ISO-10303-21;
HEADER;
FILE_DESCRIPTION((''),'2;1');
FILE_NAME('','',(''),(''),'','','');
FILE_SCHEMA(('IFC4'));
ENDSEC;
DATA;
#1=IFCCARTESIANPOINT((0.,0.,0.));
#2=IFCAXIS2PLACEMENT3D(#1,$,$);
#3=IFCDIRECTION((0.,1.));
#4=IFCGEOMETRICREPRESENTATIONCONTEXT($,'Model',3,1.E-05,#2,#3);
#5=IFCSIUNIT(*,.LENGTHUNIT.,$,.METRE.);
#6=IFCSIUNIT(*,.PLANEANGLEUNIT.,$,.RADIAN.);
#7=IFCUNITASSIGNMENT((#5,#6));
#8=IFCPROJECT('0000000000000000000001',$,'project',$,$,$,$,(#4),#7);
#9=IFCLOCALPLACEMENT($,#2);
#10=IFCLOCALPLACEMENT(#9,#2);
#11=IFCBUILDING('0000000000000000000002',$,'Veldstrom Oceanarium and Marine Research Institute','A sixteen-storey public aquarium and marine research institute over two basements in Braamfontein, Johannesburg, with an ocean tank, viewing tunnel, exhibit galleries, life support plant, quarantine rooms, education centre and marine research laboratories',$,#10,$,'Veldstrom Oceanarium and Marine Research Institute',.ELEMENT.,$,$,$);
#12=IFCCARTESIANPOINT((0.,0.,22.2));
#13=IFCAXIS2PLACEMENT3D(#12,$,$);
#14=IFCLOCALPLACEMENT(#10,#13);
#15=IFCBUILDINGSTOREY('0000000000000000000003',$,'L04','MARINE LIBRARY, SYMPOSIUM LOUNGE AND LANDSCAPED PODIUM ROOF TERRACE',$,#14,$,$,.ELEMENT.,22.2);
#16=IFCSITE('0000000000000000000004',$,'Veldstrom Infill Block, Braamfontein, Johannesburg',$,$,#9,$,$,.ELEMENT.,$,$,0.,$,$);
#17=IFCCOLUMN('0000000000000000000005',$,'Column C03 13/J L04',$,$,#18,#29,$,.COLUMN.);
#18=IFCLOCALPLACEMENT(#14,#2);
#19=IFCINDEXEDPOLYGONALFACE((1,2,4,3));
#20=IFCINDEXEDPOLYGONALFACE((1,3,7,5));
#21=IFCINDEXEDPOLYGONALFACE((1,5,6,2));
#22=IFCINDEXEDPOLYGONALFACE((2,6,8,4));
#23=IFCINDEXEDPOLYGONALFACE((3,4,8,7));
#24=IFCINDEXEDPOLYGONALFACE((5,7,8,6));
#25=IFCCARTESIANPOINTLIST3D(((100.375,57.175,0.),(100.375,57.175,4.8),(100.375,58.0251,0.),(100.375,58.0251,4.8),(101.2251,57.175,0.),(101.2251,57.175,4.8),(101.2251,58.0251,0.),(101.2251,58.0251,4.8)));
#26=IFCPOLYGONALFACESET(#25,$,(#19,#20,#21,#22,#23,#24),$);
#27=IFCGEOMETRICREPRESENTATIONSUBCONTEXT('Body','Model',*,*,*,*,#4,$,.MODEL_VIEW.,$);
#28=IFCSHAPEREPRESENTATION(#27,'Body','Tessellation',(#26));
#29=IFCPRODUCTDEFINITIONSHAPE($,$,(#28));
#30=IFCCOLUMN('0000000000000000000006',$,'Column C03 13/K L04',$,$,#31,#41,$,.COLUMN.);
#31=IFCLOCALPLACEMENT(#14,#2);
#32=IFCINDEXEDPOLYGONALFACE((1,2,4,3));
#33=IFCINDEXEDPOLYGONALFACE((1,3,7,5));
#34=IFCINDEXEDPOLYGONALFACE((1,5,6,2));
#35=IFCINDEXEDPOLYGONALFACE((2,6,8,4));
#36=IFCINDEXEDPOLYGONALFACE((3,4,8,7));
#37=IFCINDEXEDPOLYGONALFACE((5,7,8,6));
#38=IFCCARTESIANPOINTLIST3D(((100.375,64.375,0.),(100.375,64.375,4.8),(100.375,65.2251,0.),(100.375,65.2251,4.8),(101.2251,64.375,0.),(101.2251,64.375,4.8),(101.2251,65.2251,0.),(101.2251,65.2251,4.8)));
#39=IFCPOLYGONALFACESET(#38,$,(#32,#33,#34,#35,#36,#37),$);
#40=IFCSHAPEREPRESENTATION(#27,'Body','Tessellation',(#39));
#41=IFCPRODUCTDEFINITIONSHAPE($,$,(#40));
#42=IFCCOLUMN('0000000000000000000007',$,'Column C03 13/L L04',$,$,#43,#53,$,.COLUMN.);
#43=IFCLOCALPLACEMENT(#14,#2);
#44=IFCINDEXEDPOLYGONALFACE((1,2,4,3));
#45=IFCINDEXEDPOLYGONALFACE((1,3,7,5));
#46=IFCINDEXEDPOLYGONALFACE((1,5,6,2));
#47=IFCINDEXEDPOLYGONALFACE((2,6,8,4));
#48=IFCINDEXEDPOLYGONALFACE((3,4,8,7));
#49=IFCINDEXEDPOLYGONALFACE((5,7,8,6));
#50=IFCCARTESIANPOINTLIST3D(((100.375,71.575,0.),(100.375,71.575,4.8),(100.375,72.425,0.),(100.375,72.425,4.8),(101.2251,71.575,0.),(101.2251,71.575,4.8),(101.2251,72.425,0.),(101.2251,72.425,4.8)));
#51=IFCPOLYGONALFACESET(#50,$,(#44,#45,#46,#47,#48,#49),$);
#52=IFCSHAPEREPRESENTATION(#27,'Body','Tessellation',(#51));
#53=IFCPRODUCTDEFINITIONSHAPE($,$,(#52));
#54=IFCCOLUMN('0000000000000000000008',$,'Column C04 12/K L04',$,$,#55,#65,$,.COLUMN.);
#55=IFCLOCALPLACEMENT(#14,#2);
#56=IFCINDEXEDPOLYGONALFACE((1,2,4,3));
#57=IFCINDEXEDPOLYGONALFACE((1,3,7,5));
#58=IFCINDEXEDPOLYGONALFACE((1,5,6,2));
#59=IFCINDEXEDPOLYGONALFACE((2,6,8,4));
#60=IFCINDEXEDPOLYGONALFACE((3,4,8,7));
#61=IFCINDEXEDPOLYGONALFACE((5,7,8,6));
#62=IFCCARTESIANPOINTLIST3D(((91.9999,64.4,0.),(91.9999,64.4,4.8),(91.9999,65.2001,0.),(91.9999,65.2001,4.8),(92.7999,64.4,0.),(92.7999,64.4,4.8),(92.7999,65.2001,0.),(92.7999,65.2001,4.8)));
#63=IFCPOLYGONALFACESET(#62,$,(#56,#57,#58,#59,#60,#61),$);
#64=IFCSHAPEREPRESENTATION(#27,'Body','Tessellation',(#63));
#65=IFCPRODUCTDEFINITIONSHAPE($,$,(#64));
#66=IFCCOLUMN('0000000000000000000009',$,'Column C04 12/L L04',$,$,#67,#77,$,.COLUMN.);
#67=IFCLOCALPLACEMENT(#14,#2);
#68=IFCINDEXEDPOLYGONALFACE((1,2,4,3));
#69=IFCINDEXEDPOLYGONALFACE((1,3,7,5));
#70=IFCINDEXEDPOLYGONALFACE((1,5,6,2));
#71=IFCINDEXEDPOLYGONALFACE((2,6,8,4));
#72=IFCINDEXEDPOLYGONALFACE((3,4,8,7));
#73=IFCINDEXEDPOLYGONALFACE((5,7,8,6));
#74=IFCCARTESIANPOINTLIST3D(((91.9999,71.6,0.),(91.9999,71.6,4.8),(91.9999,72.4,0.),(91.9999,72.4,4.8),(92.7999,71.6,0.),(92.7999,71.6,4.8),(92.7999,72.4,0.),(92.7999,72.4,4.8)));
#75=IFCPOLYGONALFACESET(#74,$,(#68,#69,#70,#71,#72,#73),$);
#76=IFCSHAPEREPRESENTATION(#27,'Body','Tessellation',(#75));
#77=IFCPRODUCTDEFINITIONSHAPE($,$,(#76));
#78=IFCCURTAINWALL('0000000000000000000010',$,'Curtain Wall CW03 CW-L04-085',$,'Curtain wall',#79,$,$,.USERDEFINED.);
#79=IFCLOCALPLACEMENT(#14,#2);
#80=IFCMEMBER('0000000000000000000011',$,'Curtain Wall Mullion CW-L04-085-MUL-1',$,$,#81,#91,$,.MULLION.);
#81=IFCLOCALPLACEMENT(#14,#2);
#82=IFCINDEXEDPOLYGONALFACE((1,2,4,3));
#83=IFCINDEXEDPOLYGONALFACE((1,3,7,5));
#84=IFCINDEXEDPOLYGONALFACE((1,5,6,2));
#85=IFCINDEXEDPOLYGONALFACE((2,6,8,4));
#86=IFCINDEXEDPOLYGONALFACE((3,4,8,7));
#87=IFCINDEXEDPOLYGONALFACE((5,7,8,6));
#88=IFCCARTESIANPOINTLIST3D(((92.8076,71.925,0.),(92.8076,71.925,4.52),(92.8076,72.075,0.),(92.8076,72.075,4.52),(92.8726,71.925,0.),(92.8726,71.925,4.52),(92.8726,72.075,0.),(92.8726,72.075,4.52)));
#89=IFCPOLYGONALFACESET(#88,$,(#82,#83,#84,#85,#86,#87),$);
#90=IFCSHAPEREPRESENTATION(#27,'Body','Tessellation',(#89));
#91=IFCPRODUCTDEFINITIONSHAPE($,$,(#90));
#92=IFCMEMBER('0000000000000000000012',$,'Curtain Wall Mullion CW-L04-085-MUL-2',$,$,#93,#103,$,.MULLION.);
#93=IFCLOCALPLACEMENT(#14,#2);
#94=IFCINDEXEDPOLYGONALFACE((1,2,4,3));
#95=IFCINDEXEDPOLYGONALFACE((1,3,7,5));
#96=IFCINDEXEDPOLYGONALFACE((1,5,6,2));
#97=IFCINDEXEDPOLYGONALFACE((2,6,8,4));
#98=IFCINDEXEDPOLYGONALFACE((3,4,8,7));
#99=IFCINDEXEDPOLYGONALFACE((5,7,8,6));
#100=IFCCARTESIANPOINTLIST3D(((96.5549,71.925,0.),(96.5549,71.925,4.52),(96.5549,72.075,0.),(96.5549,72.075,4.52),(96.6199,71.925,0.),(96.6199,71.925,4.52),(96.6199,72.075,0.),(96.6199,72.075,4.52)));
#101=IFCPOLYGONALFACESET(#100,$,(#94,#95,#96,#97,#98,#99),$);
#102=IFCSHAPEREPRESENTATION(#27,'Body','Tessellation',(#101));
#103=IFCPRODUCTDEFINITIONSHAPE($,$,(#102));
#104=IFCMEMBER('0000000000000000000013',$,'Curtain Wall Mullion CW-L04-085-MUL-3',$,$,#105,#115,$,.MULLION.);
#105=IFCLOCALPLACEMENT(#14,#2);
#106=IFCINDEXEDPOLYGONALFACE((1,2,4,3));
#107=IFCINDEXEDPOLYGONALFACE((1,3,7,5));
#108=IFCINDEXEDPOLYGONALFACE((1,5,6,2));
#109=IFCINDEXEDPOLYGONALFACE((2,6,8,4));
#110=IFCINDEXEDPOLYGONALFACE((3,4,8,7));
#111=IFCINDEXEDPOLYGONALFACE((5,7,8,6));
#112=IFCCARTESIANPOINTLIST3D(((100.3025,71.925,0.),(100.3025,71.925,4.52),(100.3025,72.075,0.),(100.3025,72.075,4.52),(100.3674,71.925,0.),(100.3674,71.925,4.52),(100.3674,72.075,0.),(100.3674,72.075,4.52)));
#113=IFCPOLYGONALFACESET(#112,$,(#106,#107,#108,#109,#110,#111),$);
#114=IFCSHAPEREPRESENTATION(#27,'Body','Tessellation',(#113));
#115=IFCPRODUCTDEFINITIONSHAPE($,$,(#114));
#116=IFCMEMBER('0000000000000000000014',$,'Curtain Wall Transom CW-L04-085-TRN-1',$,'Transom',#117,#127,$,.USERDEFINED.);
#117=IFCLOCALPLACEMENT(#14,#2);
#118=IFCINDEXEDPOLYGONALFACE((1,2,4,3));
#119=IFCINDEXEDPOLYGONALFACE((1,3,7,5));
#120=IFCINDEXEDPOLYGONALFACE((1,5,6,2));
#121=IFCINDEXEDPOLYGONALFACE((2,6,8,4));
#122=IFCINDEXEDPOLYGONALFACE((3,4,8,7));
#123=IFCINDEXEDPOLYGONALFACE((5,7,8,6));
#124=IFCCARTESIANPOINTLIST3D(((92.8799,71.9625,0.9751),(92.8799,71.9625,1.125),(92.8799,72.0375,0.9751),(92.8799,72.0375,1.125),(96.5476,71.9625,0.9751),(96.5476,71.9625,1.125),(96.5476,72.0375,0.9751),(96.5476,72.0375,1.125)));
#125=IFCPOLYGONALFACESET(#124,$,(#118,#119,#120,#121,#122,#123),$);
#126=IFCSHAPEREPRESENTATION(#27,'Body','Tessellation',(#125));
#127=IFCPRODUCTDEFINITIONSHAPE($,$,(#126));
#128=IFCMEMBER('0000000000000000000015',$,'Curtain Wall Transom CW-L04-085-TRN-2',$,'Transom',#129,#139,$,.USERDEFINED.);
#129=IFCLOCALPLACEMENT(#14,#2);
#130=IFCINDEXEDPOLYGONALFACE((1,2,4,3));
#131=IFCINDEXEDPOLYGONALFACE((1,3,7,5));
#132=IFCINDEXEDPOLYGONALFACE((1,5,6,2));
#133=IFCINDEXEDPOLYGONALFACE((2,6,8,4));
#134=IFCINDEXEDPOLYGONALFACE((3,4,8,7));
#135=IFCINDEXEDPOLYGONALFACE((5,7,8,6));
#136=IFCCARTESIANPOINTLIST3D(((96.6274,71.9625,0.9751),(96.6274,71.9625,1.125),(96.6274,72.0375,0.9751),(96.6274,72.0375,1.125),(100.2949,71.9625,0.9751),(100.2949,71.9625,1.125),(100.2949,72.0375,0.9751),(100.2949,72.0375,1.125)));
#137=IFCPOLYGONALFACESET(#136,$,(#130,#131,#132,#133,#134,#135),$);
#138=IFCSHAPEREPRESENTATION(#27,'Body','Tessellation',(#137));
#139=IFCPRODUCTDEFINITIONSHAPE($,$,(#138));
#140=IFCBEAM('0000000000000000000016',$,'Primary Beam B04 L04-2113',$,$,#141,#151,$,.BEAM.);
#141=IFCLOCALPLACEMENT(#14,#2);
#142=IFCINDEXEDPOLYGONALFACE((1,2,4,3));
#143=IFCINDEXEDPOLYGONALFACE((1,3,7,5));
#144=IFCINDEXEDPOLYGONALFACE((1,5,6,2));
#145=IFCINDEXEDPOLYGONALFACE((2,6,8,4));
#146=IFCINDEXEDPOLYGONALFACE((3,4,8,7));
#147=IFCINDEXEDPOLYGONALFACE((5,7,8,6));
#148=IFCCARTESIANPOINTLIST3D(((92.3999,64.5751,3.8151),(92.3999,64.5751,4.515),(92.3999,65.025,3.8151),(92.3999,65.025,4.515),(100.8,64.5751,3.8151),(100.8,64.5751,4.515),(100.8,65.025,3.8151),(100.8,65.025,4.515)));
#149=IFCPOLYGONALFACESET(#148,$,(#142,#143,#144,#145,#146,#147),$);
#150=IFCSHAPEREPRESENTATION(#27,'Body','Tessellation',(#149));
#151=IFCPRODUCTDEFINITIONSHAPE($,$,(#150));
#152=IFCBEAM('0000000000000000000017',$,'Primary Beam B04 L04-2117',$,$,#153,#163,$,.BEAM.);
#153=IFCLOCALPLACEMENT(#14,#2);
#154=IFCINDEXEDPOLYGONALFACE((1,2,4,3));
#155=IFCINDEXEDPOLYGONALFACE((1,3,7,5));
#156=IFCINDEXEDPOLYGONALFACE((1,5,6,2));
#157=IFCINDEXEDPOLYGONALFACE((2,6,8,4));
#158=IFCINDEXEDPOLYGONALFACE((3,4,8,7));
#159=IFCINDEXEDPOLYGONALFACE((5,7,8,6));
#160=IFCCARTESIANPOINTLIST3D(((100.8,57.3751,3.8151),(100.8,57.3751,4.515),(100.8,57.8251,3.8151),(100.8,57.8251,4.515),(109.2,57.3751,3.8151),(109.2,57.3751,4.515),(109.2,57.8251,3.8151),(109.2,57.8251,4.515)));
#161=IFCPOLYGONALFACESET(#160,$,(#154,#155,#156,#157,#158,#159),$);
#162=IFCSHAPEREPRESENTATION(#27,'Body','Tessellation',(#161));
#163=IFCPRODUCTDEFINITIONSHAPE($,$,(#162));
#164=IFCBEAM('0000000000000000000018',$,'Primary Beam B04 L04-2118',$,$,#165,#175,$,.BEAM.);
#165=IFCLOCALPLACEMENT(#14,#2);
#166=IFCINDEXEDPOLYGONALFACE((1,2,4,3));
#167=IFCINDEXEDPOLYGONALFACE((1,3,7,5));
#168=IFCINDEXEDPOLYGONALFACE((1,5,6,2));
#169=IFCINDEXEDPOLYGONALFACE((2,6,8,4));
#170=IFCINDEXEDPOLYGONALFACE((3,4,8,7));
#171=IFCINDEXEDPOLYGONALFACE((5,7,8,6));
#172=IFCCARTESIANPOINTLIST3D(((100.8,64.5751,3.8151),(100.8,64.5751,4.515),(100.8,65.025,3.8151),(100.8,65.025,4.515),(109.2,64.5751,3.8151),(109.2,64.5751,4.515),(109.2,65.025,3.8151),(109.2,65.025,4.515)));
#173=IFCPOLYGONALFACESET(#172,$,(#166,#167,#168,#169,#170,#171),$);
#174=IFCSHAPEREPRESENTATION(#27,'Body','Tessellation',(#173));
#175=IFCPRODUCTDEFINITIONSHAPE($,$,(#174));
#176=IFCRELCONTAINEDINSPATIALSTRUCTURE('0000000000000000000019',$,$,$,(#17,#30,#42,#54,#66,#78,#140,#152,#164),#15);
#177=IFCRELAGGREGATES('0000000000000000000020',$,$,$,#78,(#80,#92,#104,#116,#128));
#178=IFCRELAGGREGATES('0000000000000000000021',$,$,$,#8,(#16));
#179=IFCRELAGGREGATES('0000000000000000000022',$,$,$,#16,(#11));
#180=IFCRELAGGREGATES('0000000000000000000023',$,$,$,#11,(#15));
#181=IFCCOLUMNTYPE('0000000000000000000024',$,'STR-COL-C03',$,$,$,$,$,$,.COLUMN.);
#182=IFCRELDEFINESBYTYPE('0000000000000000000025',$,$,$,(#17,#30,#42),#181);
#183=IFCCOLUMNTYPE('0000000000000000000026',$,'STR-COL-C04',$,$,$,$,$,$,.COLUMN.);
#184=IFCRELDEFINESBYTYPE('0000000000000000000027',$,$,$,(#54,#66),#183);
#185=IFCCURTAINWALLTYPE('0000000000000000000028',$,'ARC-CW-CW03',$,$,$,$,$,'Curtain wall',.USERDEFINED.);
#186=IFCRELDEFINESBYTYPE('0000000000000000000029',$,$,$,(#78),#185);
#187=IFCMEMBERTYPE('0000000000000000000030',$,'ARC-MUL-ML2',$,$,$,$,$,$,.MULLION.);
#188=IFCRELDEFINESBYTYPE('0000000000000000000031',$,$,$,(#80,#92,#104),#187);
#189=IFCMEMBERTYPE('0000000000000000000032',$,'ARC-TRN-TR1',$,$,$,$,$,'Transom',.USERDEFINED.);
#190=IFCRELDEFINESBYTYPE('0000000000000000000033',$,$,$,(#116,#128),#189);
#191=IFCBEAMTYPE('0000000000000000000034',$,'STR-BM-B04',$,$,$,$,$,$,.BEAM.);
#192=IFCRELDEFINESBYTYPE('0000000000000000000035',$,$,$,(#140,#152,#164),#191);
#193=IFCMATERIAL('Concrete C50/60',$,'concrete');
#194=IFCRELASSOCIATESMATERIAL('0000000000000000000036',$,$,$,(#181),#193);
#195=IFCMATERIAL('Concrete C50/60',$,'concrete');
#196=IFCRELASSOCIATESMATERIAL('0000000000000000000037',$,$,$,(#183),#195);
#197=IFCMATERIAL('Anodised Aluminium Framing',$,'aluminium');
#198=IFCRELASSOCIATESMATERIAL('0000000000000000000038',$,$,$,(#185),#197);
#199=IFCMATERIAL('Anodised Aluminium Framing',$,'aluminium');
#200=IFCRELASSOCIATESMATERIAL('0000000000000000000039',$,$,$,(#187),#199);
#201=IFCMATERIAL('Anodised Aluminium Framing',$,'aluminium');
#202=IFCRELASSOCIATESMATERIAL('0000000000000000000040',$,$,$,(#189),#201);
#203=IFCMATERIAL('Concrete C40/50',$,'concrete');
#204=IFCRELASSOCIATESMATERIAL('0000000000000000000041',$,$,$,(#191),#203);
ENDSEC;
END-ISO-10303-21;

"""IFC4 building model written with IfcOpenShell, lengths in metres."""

from ifc_helpers import new_model, si_unit, direction, frame, origin, origin_2d, place, context, subcontext, project, spatial, rectangle, extrude, material, material_profile, profile_set, type_object, element, aggregate, save


model = new_model("IFC4")

# Units and contexts
model_context = context("Model", 3, precision=1e-05, world=origin(), true_north=direction((0.0, 1.0)))
body_context = subcontext(model_context, "Body", "Model", "MODEL_VIEW")
ifc_project = project(units=[si_unit("LENGTHUNIT", "METRE"), si_unit("PLANEANGLEUNIT", "RADIAN")], contexts=[model_context])

# Site, building, storey
site_placement = place(None, origin())
site = spatial("IfcSite", under=ifc_project, at=site_placement, Name="Veldstrom Infill Block, Braamfontein, Johannesburg", CompositionType="ELEMENT", RefElevation=0.0)
building_placement = place(site_placement, origin())
building = spatial("IfcBuilding", under=site, at=building_placement, Name="Veldstrom Oceanarium and Marine Research Institute", Description="A sixteen-storey public aquarium and marine research institute over two basements in Braamfontein, Johannesburg, with an ocean tank, viewing tunnel, exhibit galleries, life support plant, quarantine rooms, education centre and marine research laboratories", LongName="Veldstrom Oceanarium and Marine Research Institute", CompositionType="ELEMENT")
storey_placement = place(building_placement, frame((0.0, 0.0, 22.2)))
storey = spatial("IfcBuildingStorey", under=building, at=storey_placement, Name="L04", Description="MARINE LIBRARY, SYMPOSIUM LOUNGE AND LANDSCAPED PODIUM ROOF TERRACE", CompositionType="ELEMENT", Elevation=22.2)

# Columns
ifc_material_1 = material(Name="Concrete C50/60", Category="concrete")
ifc_material_profile_1 = material_profile(ifc_material_1, rectangle(XDim=0.8501, YDim=0.8501, at=origin_2d()), Name="RC-COL-850x850")
ifc_profile_set_1 = profile_set([ifc_material_profile_1], Name="Concrete C50/60")
column_type_1 = type_object("IfcColumnType", Name="STR-COL-C03", PredefinedType="COLUMN", material=ifc_profile_set_1)
for number, where, z_axis, x_axis, name in (
    (1, (100.8, 57.6001, 0.0), (0.0, 0.0, 1.0), (1.0, 0.0, 0.0), "Column C03 13/J L04"),
    (2, (100.8, 64.8, 0.0), (0.0, 0.0, 1.0), (1.0, 0.0, 0.0), "Column C03 13/K L04"),
    (3, (100.8, 72.0, 0.0), (0.0, 0.0, 1.0), (1.0, 0.0, 0.0), "Column C03 13/L L04"),
):
    element("IfcColumn", number, at=place(storey_placement, frame(where, z_axis=z_axis, x_axis=x_axis)), inside=storey, type_object=column_type_1, Name=name, PredefinedType="COLUMN", context=body_context, shape_type="SweptSolid", body=[
        extrude(rectangle(XDim=0.8501, YDim=0.8501, at=origin_2d()), origin(), (0.0, 0.0, 1.0), 4.8),
    ])
ifc_material_2 = material(Name="Concrete C50/60", Category="concrete")
ifc_material_profile_2 = material_profile(ifc_material_2, rectangle(XDim=0.8, YDim=0.8, at=origin_2d()), Name="RC-COL-800x800")
ifc_profile_set_2 = profile_set([ifc_material_profile_2], Name="Concrete C50/60")
column_type_2 = type_object("IfcColumnType", Name="STR-COL-C04", PredefinedType="COLUMN", material=ifc_profile_set_2)
for number, where, z_axis, x_axis, name in (
    (4, (92.3999, 64.8, 0.0), (0.0, 0.0, 1.0), (1.0, 0.0, 0.0), "Column C04 12/K L04"),
    (5, (92.3999, 72.0, 0.0), (0.0, 0.0, 1.0), (1.0, 0.0, 0.0), "Column C04 12/L L04"),
):
    element("IfcColumn", number, at=place(storey_placement, frame(where, z_axis=z_axis, x_axis=x_axis)), inside=storey, type_object=column_type_2, Name=name, PredefinedType="COLUMN", context=body_context, shape_type="SweptSolid", body=[
        extrude(rectangle(XDim=0.8, YDim=0.8, at=origin_2d()), origin(), (0.0, 0.0, 1.0), 4.8),
    ])

# Curtain wall, members
ifc_material_3 = material(Name="Anodised Aluminium Framing", Category="aluminium")
curtain_wall_type = type_object("IfcCurtainWallType", Name="ARC-CW-CW03", ElementType="Curtain wall", PredefinedType="USERDEFINED", material=ifc_material_3)
curtain_wall_placement = place(storey_placement, origin())
curtain_wall = element("IfcCurtainWall", 6, at=curtain_wall_placement, inside=storey, type_object=curtain_wall_type, Name="Curtain Wall CW03 CW-L04-085", ObjectType="Curtain wall", PredefinedType="USERDEFINED")
ifc_material_4 = material(Name="Anodised Aluminium Framing", Category="aluminium")
ifc_material_profile_3 = material_profile(ifc_material_4, rectangle(XDim=0.0649, YDim=0.1499, at=origin_2d()), Name="ALU-MUL-65x150")
ifc_profile_set_3 = profile_set([ifc_material_profile_3], Name="Anodised Aluminium Framing")
member_type_1 = type_object("IfcMemberType", Name="ARC-MUL-ML2", PredefinedType="MULLION", material=ifc_profile_set_3)
member_1_placement = place(storey_placement, frame((92.8401, 72.0, 0.0), z_axis=(0.0, 0.0, 1.0), x_axis=(1.0, 0.0, 0.0)))
member_1 = element("IfcMember", 7, at=member_1_placement, type_object=member_type_1, Name="Curtain Wall Mullion CW-L04-085-MUL-1", PredefinedType="MULLION", context=body_context, shape_type="SweptSolid", body=[
    extrude(rectangle(XDim=0.0649, YDim=0.1499, at=origin_2d()), origin(), (0.0, 0.0, 1.0), 4.52),
])
member_2_placement = place(storey_placement, frame((96.5874, 72.0, 0.0), z_axis=(0.0, 0.0, 1.0), x_axis=(1.0, 0.0, 0.0)))
member_2 = element("IfcMember", 8, at=member_2_placement, type_object=member_type_1, Name="Curtain Wall Mullion CW-L04-085-MUL-2", PredefinedType="MULLION", context=body_context, shape_type="SweptSolid", body=[
    extrude(rectangle(XDim=0.0649, YDim=0.1499, at=origin_2d()), origin(), (0.0, 0.0, 1.0), 4.52),
])
member_3_placement = place(storey_placement, frame((100.335, 72.0, 0.0), z_axis=(0.0, 0.0, 1.0), x_axis=(1.0, 0.0, 0.0)))
member_3 = element("IfcMember", 9, at=member_3_placement, type_object=member_type_1, Name="Curtain Wall Mullion CW-L04-085-MUL-3", PredefinedType="MULLION", context=body_context, shape_type="SweptSolid", body=[
    extrude(rectangle(XDim=0.0649, YDim=0.1499, at=origin_2d()), origin(), (0.0, 0.0, 1.0), 4.52),
])
ifc_material_5 = material(Name="Anodised Aluminium Framing", Category="aluminium")
ifc_material_profile_4 = material_profile(ifc_material_5, rectangle(XDim=0.075, YDim=0.1499, at=origin_2d()), Name="ALU-TRN-75x150")
ifc_profile_set_4 = profile_set([ifc_material_profile_4], Name="Anodised Aluminium Framing")
member_type_2 = type_object("IfcMemberType", Name="ARC-TRN-TR1", ElementType="Transom", PredefinedType="USERDEFINED", material=ifc_profile_set_4)
member_4_placement = place(storey_placement, frame((92.8799, 72.0, 1.05), z_axis=(1.0, 0.0, 0.0), x_axis=(0.0, 1.0, 0.0)))
member_4 = element("IfcMember", 10, at=member_4_placement, type_object=member_type_2, Name="Curtain Wall Transom CW-L04-085-TRN-1", ObjectType="Transom", PredefinedType="USERDEFINED", context=body_context, shape_type="SweptSolid", body=[
    extrude(rectangle(XDim=0.075, YDim=0.1499, at=origin_2d()), origin(), (0.0, 0.0, 1.0), 3.6677),
])
member_5_placement = place(storey_placement, frame((96.6274, 72.0, 1.05), z_axis=(1.0, 0.0, 0.0), x_axis=(0.0, 1.0, 0.0)))
member_5 = element("IfcMember", 11, at=member_5_placement, type_object=member_type_2, Name="Curtain Wall Transom CW-L04-085-TRN-2", ObjectType="Transom", PredefinedType="USERDEFINED", context=body_context, shape_type="SweptSolid", body=[
    extrude(rectangle(XDim=0.075, YDim=0.1499, at=origin_2d()), origin(), (0.0, 0.0, 1.0), 3.6675),
])

# Beams
ifc_material_6 = material(Name="Concrete C40/50", Category="concrete")
ifc_material_profile_5 = material_profile(ifc_material_6, rectangle(XDim=0.45, YDim=0.7, at=origin_2d()), Name="RC-BM-450x700")
ifc_profile_set_5 = profile_set([ifc_material_profile_5], Name="Concrete C40/50")
beam_type_1 = type_object("IfcBeamType", Name="STR-BM-B04", PredefinedType="BEAM", material=ifc_profile_set_5)
beam_1_placement = place(storey_placement, frame((92.3999, 64.8, 4.165), z_axis=(1.0, 0.0, 0.0), x_axis=(0.0, 1.0, 0.0)))
element("IfcBeam", 12, at=beam_1_placement, inside=storey, type_object=beam_type_1, Name="Primary Beam B04 L04-2113", PredefinedType="BEAM", context=body_context, shape_type="SweptSolid", body=[
    extrude(rectangle(XDim=0.45, YDim=0.7, at=origin_2d()), origin(), (0.0, 0.0, 1.0), 8.4001),
])
for number, where, z_axis, x_axis, name in (
    (13, (100.8, 57.6001, 4.165), (1.0, 0.0, 0.0), (0.0, 1.0, 0.0), "Primary Beam B04 L04-2117"),
    (14, (100.8, 64.8, 4.165), (1.0, 0.0, 0.0), (0.0, 1.0, 0.0), "Primary Beam B04 L04-2118"),
):
    element("IfcBeam", number, at=place(storey_placement, frame(where, z_axis=z_axis, x_axis=x_axis)), inside=storey, type_object=beam_type_1, Name=name, PredefinedType="BEAM", context=body_context, shape_type="SweptSolid", body=[
        extrude(rectangle(XDim=0.45, YDim=0.7, at=origin_2d()), origin(), (0.0, 0.0, 1.0), 8.3999),
    ])

aggregate(curtain_wall, [member_1, member_2, member_3, member_4, member_5])

save(model, "model.ifc")
